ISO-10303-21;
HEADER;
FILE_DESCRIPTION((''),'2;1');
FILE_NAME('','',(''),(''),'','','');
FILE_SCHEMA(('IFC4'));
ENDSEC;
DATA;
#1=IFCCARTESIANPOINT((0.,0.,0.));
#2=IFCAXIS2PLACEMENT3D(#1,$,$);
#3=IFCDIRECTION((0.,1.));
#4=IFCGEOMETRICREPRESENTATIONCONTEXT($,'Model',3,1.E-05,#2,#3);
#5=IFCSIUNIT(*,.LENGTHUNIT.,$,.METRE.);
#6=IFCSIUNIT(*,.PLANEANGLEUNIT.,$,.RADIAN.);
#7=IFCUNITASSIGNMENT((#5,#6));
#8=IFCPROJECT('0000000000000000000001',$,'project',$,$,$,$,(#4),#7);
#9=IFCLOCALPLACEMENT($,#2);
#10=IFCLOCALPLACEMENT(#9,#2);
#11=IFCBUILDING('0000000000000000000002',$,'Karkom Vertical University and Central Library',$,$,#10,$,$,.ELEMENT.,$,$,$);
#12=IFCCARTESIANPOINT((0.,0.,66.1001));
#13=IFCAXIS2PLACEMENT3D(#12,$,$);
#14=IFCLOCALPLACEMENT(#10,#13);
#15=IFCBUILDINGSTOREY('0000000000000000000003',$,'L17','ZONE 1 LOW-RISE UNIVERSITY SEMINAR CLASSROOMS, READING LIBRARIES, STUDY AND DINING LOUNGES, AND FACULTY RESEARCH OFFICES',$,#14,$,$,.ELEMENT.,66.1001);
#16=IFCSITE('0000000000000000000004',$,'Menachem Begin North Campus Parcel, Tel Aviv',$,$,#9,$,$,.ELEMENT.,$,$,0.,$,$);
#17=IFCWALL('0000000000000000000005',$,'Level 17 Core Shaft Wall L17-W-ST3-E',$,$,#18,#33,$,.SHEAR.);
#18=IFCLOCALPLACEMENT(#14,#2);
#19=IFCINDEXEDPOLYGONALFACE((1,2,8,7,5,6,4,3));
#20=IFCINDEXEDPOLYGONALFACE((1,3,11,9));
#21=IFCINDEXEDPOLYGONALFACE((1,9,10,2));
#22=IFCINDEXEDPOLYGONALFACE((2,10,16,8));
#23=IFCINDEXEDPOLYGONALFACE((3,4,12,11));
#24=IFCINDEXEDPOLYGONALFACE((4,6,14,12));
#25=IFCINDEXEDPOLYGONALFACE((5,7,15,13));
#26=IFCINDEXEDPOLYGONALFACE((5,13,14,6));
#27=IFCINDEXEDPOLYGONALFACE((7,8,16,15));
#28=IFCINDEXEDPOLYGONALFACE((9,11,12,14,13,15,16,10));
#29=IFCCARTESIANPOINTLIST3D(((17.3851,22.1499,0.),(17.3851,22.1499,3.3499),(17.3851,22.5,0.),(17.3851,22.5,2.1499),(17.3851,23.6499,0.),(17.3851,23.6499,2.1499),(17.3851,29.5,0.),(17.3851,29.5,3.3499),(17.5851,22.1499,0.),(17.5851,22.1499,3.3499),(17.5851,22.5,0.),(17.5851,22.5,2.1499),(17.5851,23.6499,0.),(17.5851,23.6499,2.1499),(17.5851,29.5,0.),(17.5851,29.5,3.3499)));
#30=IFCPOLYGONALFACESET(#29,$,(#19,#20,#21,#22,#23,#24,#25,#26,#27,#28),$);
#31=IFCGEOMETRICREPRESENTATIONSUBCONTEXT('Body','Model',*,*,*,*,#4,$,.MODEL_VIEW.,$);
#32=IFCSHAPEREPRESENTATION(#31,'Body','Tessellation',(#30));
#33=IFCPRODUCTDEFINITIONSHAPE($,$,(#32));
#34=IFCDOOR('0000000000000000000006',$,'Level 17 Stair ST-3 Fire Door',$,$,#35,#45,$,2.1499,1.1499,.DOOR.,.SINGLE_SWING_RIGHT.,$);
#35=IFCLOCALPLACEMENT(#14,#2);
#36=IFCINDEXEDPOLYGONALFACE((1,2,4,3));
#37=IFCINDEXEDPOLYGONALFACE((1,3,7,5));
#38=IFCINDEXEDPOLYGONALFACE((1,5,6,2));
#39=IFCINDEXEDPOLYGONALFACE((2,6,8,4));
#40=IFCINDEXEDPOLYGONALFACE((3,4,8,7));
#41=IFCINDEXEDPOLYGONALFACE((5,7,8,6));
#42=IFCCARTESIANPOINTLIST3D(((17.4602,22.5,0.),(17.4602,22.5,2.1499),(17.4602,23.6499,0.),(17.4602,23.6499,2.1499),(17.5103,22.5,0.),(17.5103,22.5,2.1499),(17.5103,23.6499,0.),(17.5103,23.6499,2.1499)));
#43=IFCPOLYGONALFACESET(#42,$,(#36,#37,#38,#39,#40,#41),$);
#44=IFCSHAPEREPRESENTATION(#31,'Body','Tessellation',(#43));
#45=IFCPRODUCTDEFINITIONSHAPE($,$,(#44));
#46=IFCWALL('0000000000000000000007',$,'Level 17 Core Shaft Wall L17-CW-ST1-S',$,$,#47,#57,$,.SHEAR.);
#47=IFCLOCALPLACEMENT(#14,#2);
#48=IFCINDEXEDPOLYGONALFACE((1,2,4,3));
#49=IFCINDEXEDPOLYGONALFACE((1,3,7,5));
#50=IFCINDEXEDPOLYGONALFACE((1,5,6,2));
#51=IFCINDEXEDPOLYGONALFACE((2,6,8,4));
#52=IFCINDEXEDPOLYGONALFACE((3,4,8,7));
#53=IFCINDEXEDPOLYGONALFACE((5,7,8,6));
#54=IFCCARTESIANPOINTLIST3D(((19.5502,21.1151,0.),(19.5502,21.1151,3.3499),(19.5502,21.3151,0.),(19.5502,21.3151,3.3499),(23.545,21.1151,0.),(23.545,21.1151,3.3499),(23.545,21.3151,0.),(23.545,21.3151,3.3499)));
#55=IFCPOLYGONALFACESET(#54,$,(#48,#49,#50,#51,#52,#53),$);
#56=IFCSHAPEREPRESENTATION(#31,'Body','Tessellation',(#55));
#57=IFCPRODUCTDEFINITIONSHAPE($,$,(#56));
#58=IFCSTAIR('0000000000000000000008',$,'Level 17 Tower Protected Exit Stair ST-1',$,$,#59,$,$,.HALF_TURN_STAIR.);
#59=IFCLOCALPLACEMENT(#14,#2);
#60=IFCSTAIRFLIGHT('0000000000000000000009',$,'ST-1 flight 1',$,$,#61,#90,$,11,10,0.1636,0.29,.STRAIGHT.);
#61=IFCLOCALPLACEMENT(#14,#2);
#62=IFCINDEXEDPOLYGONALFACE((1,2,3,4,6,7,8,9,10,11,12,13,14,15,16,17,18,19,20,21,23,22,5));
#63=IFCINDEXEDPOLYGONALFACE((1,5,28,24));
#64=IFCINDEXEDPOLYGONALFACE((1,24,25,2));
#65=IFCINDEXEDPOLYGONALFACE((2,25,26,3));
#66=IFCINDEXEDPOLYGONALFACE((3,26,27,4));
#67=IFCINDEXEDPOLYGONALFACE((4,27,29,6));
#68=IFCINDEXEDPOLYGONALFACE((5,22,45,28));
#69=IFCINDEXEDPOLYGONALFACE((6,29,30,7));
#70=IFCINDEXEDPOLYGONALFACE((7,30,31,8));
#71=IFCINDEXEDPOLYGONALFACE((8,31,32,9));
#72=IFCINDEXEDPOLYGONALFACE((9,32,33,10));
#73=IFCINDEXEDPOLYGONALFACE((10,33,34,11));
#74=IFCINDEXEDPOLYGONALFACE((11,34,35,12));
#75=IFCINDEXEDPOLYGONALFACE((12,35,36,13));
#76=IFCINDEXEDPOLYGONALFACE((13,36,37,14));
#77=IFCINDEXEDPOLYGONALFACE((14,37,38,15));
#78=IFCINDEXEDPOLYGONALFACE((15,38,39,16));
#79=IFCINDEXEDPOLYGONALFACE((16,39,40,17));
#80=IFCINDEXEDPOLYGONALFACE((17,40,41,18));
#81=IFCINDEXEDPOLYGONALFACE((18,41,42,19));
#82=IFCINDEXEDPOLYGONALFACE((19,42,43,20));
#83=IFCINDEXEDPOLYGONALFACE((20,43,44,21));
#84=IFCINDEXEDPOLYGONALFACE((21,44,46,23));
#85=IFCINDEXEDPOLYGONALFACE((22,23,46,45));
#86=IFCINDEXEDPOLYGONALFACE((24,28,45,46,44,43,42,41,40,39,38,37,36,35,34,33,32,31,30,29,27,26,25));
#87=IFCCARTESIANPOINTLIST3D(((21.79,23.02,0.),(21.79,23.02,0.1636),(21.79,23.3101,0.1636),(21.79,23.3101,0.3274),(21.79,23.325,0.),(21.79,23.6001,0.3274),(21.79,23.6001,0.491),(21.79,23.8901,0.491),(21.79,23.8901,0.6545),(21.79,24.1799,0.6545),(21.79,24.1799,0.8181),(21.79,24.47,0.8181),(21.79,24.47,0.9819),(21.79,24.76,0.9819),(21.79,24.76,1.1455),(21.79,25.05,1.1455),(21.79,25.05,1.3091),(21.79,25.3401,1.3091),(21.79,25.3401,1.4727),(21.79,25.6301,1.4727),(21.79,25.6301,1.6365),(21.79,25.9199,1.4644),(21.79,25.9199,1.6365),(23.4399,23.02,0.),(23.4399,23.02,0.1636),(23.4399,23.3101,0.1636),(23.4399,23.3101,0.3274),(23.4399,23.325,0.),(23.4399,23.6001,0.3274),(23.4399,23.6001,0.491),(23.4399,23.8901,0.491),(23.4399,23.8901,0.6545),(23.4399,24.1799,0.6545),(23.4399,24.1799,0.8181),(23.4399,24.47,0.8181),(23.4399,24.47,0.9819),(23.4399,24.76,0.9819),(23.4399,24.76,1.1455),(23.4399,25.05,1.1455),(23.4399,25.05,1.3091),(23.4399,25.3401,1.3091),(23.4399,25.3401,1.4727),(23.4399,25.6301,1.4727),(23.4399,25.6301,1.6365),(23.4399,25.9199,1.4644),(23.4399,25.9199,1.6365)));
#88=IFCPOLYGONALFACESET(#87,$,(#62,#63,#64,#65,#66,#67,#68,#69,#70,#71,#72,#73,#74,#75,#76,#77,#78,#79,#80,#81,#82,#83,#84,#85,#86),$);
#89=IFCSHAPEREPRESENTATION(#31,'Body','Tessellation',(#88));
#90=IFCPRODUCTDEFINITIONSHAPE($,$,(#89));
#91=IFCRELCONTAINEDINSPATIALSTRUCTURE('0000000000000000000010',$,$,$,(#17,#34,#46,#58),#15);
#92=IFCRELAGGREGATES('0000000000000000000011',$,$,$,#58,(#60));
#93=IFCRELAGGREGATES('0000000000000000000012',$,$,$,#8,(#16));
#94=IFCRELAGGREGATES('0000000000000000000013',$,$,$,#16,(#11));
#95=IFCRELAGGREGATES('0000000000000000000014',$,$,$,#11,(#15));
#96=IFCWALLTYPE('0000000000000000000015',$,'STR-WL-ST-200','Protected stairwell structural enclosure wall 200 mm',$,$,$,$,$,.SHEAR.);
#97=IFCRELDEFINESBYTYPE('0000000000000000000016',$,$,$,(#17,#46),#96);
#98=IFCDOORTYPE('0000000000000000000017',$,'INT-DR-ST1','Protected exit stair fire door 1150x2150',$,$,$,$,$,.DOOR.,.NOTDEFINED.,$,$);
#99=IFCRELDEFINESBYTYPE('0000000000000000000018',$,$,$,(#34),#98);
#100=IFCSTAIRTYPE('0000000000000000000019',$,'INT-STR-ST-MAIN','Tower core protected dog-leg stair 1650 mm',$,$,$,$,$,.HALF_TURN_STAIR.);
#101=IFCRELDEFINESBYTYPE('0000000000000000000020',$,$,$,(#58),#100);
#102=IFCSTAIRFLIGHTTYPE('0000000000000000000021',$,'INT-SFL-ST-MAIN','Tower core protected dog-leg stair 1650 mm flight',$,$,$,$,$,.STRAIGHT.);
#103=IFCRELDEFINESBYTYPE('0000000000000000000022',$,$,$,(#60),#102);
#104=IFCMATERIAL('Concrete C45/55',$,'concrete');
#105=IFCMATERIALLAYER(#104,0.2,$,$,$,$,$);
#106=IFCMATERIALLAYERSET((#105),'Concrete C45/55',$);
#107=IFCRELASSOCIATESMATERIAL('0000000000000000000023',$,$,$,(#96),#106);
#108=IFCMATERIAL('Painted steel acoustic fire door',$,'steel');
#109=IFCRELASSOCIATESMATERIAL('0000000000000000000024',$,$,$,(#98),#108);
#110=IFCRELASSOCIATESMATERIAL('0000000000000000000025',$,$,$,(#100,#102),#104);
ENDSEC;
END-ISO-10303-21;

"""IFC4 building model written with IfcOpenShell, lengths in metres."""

from ifc_helpers import new_model, si_unit, direction, frame, frame_2d, origin, origin_with_axes, place, context, subcontext, project, spatial, polyline, rectangle, outline, extrude, source, transform, mapped, material, layer, layer_set, type_object, element, fill, aggregate, save


model = new_model("IFC4")

# Units and contexts
model_context = context("Model", 3, precision=1e-05, world=origin(), true_north=direction((0.0, 1.0)))
body_context = subcontext(model_context, "Body", "Model", "MODEL_VIEW")
ifc_project = project(units=[si_unit("LENGTHUNIT", "METRE"), si_unit("PLANEANGLEUNIT", "RADIAN")], contexts=[model_context])

# Site, building, storey
site_placement = place(None, origin())
site = spatial("IfcSite", under=ifc_project, at=site_placement, Name="Menachem Begin North Campus Parcel, Tel Aviv", CompositionType="ELEMENT", RefElevation=0.0)
building_placement = place(site_placement, origin())
building = spatial("IfcBuilding", under=site, at=building_placement, Name="Karkom Vertical University and Central Library", CompositionType="ELEMENT")
storey_placement = place(building_placement, frame((0.0, 0.0, 66.1001)))
storey = spatial("IfcBuildingStorey", under=building, at=storey_placement, Name="L17", Description="ZONE 1 LOW-RISE UNIVERSITY SEMINAR CLASSROOMS, READING LIBRARIES, STUDY AND DINING LOUNGES, AND FACULTY RESEARCH OFFICES", CompositionType="ELEMENT", Elevation=66.1001)

# Shared definitions
ifc_material_1 = material(Name="Concrete C45/55", Category="concrete")
ifc_layer_1 = layer(ifc_material_1, 0.2)
ifc_layer_set_1 = layer_set([ifc_layer_1], Name="Concrete C45/55")
wall_type_1 = type_object("IfcWallType", Name="STR-WL-ST-200", Description="Protected stairwell structural enclosure wall 200 mm", PredefinedType="SHEAR", material=ifc_layer_set_1)
ifc_material_2 = material(Name="Painted steel acoustic fire door", Category="steel")
door_type_1 = type_object("IfcDoorType", Name="INT-DR-ST1", Description="Protected exit stair fire door 1150x2150", OperationType="NOTDEFINED", PredefinedType="DOOR", material=ifc_material_2)
shared_shape_1 = source(origin_with_axes(), body_context, "Body", "SweptSolid", [
    extrude(rectangle(XDim=1.1499, YDim=2.1499, at=frame_2d((0.575, 1.075))), frame((0.0, 0.0249, 0.0), z_axis=(0.0, -1.0, 0.0), x_axis=(1.0, 0.0, 0.0)), (0.0, 0.0, 1.0), 0.05),
])

# Wall, opening, door
wall_1_placement = place(storey_placement, frame((17.4851, 22.1499, 0.0), z_axis=(0.0, 0.0, 1.0), x_axis=(0.0, 1.0, 0.0)))
wall_1 = element("IfcWall", 1, at=wall_1_placement, inside=storey, type_object=wall_type_1, Name="Level 17 Core Shaft Wall L17-W-ST3-E", PredefinedType="SHEAR", context=body_context, shape_type="SweptSolid", body=[
    extrude(rectangle(XDim=7.3501, YDim=0.2, at=frame_2d((3.675, 0.0))), origin(), (0.0, 0.0, 1.0), 3.3499),
])
opening_1_placement = place(wall_1_placement, frame((0.3501, 0.0, 0.0)))
opening_1 = element("IfcOpeningElement", 2, at=opening_1_placement, cuts=wall_1, PredefinedType="OPENING", context=body_context, shape_type="SweptSolid", body=[
    extrude(rectangle(XDim=1.1499, YDim=2.1499, at=frame_2d((0.575, 1.075))), frame((0.0, 0.1099, 0.0), z_axis=(0.0, -1.0, 0.0), x_axis=(1.0, 0.0, 0.0)), (0.0, 0.0, 1.0), 0.22),
])
door_1_placement = place(opening_1_placement, origin())
door_1 = element("IfcDoor", 3, at=door_1_placement, inside=storey, type_object=door_type_1, Name="Level 17 Stair ST-3 Fire Door", OperationType="SINGLE_SWING_RIGHT", OverallHeight=2.1499, OverallWidth=1.1499, PredefinedType="DOOR", context=body_context, shape_type="MappedRepresentation", body=[
    mapped(shared_shape_1, transform((0.0, 0.0, 0.0), scale=1.0)),
])
fill(opening_1, door_1)

# Wall
wall_2_placement = place(storey_placement, frame((19.55, 21.2151, 0.0), z_axis=(0.0, 0.0, 1.0), x_axis=(1.0, 0.0, 0.0)))
element("IfcWall", 4, at=wall_2_placement, inside=storey, type_object=wall_type_1, Name="Level 17 Core Shaft Wall L17-CW-ST1-S", PredefinedType="SHEAR", context=body_context, shape_type="SweptSolid", body=[
    extrude(rectangle(XDim=3.9949, YDim=0.2, at=frame_2d((1.9976, 0.0))), origin(), (0.0, 0.0, 1.0), 3.3499),
])

# Stair, stair flight
stair_type = type_object("IfcStairType", Name="INT-STR-ST-MAIN", Description="Tower core protected dog-leg stair 1650 mm", PredefinedType="HALF_TURN_STAIR", material=ifc_material_1)
stair_placement = place(storey_placement, origin())
stair = element("IfcStair", 5, at=stair_placement, inside=storey, type_object=stair_type, Name="Level 17 Tower Protected Exit Stair ST-1", PredefinedType="HALF_TURN_STAIR")
stair_flight_type = type_object("IfcStairFlightType", Name="INT-SFL-ST-MAIN", Description="Tower core protected dog-leg stair 1650 mm flight", PredefinedType="STRAIGHT", material=ifc_material_1)
stair_flight_placement = place(storey_placement, frame((22.615, 23.02, 0.0), z_axis=(0.0, 0.0, 1.0), x_axis=(0.0, 1.0, 0.0)))
stair_flight = element("IfcStairFlight", 6, at=stair_flight_placement, type_object=stair_flight_type, Name="ST-1 flight 1", NumberOfRisers=11, NumberOfTreads=10, PredefinedType="STRAIGHT", RiserHeight=0.1636, TreadLength=0.29, context=body_context, shape_type="SweptSolid", body=[
    extrude(outline(polyline([(0.0, 0.0), (0.0, 0.1636), (0.29, 0.1636), (0.29, 0.3274), (0.5801, 0.3274), (0.5801, 0.491), (0.8701, 0.491), (0.8701, 0.6545), (1.1599, 0.6545), (1.1599, 0.8181), (1.45, 0.8181), (1.45, 0.9819), (1.74, 0.9819), (1.74, 1.1455), (2.03, 1.1455), (2.03, 1.3091), (2.3201, 1.3091), (2.3201, 1.4727), (2.6101, 1.4727), (2.6101, 1.6365), (2.8999, 1.6365), (2.8999, 1.8), (2.8999, 1.4644), (0.3049, 0.0), (0.0, 0.0)])), frame((0.0, 0.825, 0.0), z_axis=(0.0, -1.0, 0.0), x_axis=(1.0, 0.0, 0.0)), (0.0, 0.0, 1.0), 1.6499),
])
aggregate(stair, [stair_flight])

save(model, "model.ifc")
